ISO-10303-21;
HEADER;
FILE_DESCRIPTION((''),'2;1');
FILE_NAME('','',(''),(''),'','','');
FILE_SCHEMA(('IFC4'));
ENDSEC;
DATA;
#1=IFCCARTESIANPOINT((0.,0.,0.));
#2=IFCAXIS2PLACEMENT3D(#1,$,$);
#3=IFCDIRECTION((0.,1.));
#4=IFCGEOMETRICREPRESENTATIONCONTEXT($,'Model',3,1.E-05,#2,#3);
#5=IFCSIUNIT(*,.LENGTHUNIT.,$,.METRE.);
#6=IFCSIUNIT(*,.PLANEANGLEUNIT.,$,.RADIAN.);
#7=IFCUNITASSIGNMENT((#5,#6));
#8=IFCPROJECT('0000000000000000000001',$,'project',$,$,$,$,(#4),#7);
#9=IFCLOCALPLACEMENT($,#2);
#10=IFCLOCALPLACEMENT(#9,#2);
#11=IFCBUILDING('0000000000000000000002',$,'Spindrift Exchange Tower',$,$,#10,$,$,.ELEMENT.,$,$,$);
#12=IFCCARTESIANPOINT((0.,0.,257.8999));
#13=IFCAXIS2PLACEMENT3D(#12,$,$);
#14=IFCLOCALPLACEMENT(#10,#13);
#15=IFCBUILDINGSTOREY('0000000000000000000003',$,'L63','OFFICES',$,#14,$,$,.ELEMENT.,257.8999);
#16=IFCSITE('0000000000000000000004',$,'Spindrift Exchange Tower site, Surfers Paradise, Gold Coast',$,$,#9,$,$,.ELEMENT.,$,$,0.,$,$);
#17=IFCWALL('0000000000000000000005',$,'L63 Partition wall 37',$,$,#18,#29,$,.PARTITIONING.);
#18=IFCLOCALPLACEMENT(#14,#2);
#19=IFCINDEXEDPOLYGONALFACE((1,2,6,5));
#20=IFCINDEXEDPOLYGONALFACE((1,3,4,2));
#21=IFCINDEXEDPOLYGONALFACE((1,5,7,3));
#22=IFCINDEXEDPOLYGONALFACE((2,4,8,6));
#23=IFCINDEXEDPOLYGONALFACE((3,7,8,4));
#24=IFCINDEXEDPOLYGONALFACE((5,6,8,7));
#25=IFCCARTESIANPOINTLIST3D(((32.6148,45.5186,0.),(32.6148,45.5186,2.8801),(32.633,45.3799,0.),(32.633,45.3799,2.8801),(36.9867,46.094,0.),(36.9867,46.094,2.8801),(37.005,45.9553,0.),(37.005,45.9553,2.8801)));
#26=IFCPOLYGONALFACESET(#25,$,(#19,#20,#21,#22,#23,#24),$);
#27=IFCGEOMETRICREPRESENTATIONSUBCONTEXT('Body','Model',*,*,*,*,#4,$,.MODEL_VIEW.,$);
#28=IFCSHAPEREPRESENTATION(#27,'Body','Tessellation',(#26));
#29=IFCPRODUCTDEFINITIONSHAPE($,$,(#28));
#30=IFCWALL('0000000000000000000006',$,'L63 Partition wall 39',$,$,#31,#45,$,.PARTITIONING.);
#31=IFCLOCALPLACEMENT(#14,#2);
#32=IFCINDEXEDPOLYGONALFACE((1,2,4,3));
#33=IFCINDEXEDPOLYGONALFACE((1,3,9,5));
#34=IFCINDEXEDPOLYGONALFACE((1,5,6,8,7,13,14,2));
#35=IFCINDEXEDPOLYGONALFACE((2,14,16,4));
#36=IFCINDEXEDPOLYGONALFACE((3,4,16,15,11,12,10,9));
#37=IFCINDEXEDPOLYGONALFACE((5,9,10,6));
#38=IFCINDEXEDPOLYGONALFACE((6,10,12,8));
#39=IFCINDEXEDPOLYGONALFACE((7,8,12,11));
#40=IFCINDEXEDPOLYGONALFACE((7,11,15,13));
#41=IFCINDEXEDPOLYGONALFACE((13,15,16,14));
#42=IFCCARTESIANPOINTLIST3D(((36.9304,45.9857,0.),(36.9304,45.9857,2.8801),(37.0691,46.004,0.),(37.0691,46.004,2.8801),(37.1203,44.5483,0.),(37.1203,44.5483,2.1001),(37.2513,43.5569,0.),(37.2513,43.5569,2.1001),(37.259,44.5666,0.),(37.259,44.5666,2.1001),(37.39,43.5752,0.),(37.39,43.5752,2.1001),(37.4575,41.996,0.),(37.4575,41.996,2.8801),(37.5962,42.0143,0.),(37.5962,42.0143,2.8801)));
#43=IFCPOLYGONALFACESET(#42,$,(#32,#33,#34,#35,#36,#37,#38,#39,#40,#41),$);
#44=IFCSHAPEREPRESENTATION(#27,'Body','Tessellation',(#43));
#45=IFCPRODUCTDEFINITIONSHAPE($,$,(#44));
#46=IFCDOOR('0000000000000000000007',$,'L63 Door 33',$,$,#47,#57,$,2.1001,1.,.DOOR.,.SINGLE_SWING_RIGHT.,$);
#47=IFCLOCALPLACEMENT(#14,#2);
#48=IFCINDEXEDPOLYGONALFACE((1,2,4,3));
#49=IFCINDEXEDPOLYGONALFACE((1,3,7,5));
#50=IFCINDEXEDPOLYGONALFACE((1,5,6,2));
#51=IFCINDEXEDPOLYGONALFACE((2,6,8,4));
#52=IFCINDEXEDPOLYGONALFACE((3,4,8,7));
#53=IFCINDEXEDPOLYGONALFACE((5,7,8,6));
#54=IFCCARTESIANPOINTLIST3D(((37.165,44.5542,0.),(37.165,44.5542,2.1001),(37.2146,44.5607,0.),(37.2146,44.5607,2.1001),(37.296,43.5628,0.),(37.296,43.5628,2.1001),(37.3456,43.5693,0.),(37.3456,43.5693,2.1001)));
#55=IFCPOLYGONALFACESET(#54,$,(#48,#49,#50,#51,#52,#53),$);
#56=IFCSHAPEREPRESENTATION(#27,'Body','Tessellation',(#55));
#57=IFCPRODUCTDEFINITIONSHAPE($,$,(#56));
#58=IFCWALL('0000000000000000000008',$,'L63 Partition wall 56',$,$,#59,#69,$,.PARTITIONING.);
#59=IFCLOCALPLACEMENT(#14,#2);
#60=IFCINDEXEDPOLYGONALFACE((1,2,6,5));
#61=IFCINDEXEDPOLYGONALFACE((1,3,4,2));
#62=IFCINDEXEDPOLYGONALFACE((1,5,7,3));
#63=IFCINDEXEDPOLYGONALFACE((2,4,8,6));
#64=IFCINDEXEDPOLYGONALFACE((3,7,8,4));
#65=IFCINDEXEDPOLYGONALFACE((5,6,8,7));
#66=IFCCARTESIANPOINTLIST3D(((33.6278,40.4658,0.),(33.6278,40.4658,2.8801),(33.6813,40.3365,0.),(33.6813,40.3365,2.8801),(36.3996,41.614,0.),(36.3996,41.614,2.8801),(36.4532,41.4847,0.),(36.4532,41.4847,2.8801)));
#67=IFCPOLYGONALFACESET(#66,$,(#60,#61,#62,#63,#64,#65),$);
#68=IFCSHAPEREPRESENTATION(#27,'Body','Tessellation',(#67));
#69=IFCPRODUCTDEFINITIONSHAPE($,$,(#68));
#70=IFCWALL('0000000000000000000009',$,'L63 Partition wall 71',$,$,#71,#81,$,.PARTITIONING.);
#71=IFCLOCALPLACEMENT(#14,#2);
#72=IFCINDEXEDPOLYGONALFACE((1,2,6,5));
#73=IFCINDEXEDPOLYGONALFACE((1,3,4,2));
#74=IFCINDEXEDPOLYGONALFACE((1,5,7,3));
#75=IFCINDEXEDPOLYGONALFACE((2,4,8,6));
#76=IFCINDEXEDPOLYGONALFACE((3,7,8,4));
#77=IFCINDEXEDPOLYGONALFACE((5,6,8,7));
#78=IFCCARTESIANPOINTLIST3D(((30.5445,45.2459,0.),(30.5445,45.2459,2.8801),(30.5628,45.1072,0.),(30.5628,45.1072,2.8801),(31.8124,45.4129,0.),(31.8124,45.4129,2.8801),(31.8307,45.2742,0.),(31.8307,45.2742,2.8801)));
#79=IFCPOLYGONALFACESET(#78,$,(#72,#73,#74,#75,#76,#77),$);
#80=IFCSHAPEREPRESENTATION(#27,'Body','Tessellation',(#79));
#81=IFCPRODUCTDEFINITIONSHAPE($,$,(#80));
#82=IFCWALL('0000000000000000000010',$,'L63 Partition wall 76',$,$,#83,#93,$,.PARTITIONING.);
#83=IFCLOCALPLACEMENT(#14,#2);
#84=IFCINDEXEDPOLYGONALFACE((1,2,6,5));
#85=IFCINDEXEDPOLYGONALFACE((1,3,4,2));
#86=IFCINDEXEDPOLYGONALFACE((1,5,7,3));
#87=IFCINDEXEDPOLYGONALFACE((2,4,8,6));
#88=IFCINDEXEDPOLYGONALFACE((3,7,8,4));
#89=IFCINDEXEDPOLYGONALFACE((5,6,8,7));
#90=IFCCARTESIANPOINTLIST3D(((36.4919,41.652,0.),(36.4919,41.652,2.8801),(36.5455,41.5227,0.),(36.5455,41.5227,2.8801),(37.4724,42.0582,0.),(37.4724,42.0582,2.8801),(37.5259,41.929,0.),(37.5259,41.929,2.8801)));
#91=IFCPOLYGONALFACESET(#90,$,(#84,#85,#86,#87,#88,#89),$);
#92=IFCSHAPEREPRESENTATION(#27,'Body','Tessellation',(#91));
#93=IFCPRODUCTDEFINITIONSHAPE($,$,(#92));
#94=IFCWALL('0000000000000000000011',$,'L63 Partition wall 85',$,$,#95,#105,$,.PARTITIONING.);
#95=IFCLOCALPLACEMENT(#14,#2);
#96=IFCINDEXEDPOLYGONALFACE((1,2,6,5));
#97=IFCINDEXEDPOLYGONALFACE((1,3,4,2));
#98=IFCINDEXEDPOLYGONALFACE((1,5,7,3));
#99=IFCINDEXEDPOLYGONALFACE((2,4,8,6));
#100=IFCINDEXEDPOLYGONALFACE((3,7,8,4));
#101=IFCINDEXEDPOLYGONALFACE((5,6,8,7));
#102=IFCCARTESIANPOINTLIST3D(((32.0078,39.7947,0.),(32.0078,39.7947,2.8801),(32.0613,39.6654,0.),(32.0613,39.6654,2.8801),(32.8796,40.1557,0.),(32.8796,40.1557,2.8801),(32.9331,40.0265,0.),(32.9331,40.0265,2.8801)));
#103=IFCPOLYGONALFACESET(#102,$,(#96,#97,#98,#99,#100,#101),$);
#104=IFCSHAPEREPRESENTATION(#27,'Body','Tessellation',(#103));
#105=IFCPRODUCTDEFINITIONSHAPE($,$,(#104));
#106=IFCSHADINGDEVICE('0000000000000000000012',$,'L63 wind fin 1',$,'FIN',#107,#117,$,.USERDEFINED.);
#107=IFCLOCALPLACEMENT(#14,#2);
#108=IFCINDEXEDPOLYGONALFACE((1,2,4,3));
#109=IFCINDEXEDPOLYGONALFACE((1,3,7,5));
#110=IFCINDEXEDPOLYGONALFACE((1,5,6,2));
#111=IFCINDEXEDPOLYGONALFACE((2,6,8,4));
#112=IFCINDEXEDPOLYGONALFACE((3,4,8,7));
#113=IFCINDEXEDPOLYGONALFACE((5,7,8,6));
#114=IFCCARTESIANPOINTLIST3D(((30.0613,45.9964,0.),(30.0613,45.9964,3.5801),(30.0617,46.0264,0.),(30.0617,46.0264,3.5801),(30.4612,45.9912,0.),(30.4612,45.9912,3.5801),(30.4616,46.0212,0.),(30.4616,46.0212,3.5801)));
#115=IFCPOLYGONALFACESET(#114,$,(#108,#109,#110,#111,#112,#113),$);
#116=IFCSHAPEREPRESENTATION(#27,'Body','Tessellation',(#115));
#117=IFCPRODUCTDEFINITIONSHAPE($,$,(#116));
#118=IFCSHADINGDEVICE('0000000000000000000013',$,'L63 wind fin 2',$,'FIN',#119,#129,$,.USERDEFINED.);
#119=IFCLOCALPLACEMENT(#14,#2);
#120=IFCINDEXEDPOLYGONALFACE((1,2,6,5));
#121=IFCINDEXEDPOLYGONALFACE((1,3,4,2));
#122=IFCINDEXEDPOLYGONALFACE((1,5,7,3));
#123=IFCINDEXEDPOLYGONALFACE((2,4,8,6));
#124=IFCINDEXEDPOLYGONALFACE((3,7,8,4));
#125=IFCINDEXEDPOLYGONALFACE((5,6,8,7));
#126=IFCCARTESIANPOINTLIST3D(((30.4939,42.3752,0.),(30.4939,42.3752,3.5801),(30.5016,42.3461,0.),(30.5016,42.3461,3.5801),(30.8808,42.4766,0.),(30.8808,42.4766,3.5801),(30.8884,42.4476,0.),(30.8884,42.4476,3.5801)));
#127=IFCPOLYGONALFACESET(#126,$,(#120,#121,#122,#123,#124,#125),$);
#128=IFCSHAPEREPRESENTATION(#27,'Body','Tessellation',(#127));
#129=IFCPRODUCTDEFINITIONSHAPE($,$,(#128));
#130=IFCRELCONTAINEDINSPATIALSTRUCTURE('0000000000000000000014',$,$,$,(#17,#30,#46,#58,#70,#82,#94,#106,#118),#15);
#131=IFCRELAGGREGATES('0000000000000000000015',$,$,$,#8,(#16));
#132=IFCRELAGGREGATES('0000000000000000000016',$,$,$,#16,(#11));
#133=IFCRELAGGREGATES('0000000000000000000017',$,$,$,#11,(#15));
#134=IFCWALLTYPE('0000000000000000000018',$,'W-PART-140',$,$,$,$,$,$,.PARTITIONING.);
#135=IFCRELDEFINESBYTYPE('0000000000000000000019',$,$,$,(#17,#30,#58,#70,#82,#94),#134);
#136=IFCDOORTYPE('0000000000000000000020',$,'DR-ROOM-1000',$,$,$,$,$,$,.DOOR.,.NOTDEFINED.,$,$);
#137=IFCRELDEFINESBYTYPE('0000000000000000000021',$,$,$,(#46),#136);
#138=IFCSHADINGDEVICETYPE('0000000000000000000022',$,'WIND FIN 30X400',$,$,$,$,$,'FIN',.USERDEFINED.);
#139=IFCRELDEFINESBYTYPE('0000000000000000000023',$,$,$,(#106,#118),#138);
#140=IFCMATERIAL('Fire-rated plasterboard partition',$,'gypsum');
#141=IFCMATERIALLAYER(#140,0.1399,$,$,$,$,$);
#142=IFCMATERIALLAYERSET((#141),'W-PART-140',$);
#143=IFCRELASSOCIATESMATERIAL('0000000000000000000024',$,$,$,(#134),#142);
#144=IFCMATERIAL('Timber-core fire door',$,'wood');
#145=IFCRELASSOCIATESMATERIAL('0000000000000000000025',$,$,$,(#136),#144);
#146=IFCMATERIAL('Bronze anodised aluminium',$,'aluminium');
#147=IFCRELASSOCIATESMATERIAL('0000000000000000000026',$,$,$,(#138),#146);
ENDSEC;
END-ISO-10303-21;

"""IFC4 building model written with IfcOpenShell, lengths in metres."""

from ifc_helpers import new_model, si_unit, direction, frame, frame_2d, origin, origin_2d, place, context, subcontext, project, spatial, rectangle, extrude, source, transform, mapped, material, layer, layer_set, material_profile, profile_set, type_object, element, fill, save


model = new_model("IFC4")

# Units and contexts
model_context = context("Model", 3, precision=1e-05, world=origin(), true_north=direction((0.0, 1.0)))
body_context = subcontext(model_context, "Body", "Model", "MODEL_VIEW")
ifc_project = project(units=[si_unit("LENGTHUNIT", "METRE"), si_unit("PLANEANGLEUNIT", "RADIAN")], contexts=[model_context])

# Site, building, storey
site_placement = place(None, origin())
site = spatial("IfcSite", under=ifc_project, at=site_placement, Name="Spindrift Exchange Tower site, Surfers Paradise, Gold Coast", CompositionType="ELEMENT", RefElevation=0.0)
building_placement = place(site_placement, origin())
building = spatial("IfcBuilding", under=site, at=building_placement, Name="Spindrift Exchange Tower", CompositionType="ELEMENT")
storey_placement = place(building_placement, frame((0.0, 0.0, 257.8999)))
storey = spatial("IfcBuildingStorey", under=building, at=storey_placement, Name="L63", Description="OFFICES", CompositionType="ELEMENT", Elevation=257.8999)

# Shared definitions
ifc_material_1 = material(Name="Bronze anodised aluminium", Category="aluminium")

# Wall
ifc_material_2 = material(Name="Fire-rated plasterboard partition", Category="gypsum")
ifc_layer_1 = layer(ifc_material_2, 0.1399)
ifc_layer_set_1 = layer_set([ifc_layer_1], Name="W-PART-140")
wall_type = type_object("IfcWallType", Name="W-PART-140", PredefinedType="PARTITIONING", material=ifc_layer_set_1)
wall_1_placement = place(storey_placement, frame((36.9958, 46.0247, 0.0), z_axis=(0.0, 0.0, 1.0), x_axis=(-0.991449, -0.130492, 0.0)))
element("IfcWall", 1, at=wall_1_placement, inside=storey, type_object=wall_type, Name="L63 Partition wall 37", PredefinedType="PARTITIONING", context=body_context, shape_type="SweptSolid", body=[
    extrude(rectangle(XDim=4.4097, YDim=0.1399, at=frame_2d((2.2048, 0.0))), origin(), (0.0, 0.0, 1.0), 2.8801),
])

# Wall, opening, door
wall_2_placement = place(storey_placement, frame((37.5269, 42.0051, 0.0), z_axis=(0.0, 0.0, 1.0), x_axis=(-0.130975, 0.991386, 0.0)))
wall_2 = element("IfcWall", 2, at=wall_2_placement, inside=storey, type_object=wall_type, Name="L63 Partition wall 39", PredefinedType="PARTITIONING", context=body_context, shape_type="SweptSolid", body=[
    extrude(rectangle(XDim=4.0244, YDim=0.1399, at=frame_2d((2.0122, 0.0))), origin(), (0.0, 0.0, 1.0), 2.8801),
])
opening_placement = place(wall_2_placement, frame((1.5745, 0.0, 0.0)))
opening = element("IfcOpeningElement", 3, at=opening_placement, cuts=wall_2, PredefinedType="OPENING", context=body_context, shape_type="SweptSolid", body=[
    extrude(rectangle(XDim=1.0, YDim=2.1001, at=frame_2d((0.5, 1.05))), frame((0.0, 0.0798, 0.0), z_axis=(0.0, -1.0, 0.0), x_axis=(1.0, 0.0, 0.0)), (0.0, 0.0, 1.0), 0.1599),
])
ifc_material_3 = material(Name="Timber-core fire door", Category="wood")
door_type = type_object("IfcDoorType", Name="DR-ROOM-1000", OperationType="NOTDEFINED", PredefinedType="DOOR", material=ifc_material_3)
shared_shape_1 = source(origin(), body_context, "Body", "SweptSolid", [
    extrude(rectangle(XDim=1.0, YDim=2.1001, at=frame_2d((0.5, 1.05))), frame((0.0, 0.0249, 0.0), z_axis=(0.0, -1.0, 0.0), x_axis=(1.0, 0.0, 0.0)), (0.0, 0.0, 1.0), 0.05),
])
door_placement = place(opening_placement, origin())
door = element("IfcDoor", 4, at=door_placement, inside=storey, type_object=door_type, Name="L63 Door 33", OperationType="SINGLE_SWING_RIGHT", OverallHeight=2.1001, OverallWidth=1.0, PredefinedType="DOOR", context=body_context, shape_type="MappedRepresentation", body=[
    mapped(shared_shape_1, transform((0.0, 0.0, 0.0), scale=1.0)),
])
fill(opening, door)

# Walls
wall_3_placement = place(storey_placement, frame((36.4263, 41.5493, 0.0), z_axis=(0.0, 0.0, 1.0), x_axis=(-0.923867, -0.382714, 0.0)))
element("IfcWall", 5, at=wall_3_placement, inside=storey, type_object=wall_type, Name="L63 Partition wall 56", PredefinedType="PARTITIONING", context=body_context, shape_type="SweptSolid", body=[
    extrude(rectangle(XDim=3.0002, YDim=0.1399, at=frame_2d((1.5, 0.0))), origin(), (0.0, 0.0, 1.0), 2.8801),
])
wall_4_placement = place(storey_placement, frame((31.8215, 45.3435, 0.0), z_axis=(0.0, 0.0, 1.0), x_axis=(-0.991437, -0.130588, 0.0)))
element("IfcWall", 6, at=wall_4_placement, inside=storey, type_object=wall_type, Name="L63 Partition wall 71", PredefinedType="PARTITIONING", context=body_context, shape_type="SweptSolid", body=[
    extrude(rectangle(XDim=1.2788, YDim=0.1399, at=frame_2d((0.6394, 0.0))), origin(), (0.0, 0.0, 1.0), 2.8801),
])
wall_5_placement = place(storey_placement, frame((37.4993, 41.9937, 0.0), z_axis=(0.0, 0.0, 1.0), x_axis=(-0.923837, -0.382785, 0.0)))
element("IfcWall", 7, at=wall_5_placement, inside=storey, type_object=wall_type, Name="L63 Partition wall 76", PredefinedType="PARTITIONING", context=body_context, shape_type="SweptSolid", body=[
    extrude(rectangle(XDim=1.0613, YDim=0.1399, at=frame_2d((0.5308, 0.0))), origin(), (0.0, 0.0, 1.0), 2.8801),
])
wall_6_placement = place(storey_placement, frame((32.9062, 40.0911, 0.0), z_axis=(0.0, 0.0, 1.0), x_axis=(-0.923894, -0.382649, 0.0)))
element("IfcWall", 8, at=wall_6_placement, inside=storey, type_object=wall_type, Name="L63 Partition wall 85", PredefinedType="PARTITIONING", context=body_context, shape_type="SweptSolid", body=[
    extrude(rectangle(XDim=0.9436, YDim=0.1399, at=frame_2d((0.4717, 0.0))), origin(), (0.0, 0.0, 1.0), 2.8801),
])

# Shading devices
ifc_material_profile_1 = material_profile(ifc_material_1, rectangle(XDim=0.03, YDim=0.3999, at=origin_2d()), Name="WIND FIN 30X400")
ifc_profile_set_1 = profile_set([ifc_material_profile_1], Name="Bronze anodised aluminium")
shading_device_type = type_object("IfcShadingDeviceType", Name="WIND FIN 30X400", ElementType="FIN", PredefinedType="USERDEFINED", material=ifc_profile_set_1)
shared_shape_2 = source(origin(), body_context, "Body", "SweptSolid", [
    extrude(rectangle(XDim=0.03, YDim=0.3999, at=origin_2d()), origin(), (0.0, 0.0, 1.0), 3.5801),
])
for number, where, z_axis, x_axis, name in (
    (9, (30.2615, 46.0088, 0.0), (0.0, 0.0, 1.0), (-0.013034, -0.999915, 0.0), "L63 wind fin 1"),
    (10, (30.6912, 42.4114, 0.0), (0.0, 0.0, 1.0), (0.25369, -0.967285, 0.0), "L63 wind fin 2"),
):
    element("IfcShadingDevice", number, at=place(storey_placement, frame(where, z_axis=z_axis, x_axis=x_axis)), inside=storey, type_object=shading_device_type, Name=name, ObjectType="FIN", PredefinedType="USERDEFINED", context=body_context, shape_type="MappedRepresentation", body=[
        mapped(shared_shape_2, transform((0.0, 0.0, 0.0), scale=1.0)),
    ])

save(model, "model.ifc")
